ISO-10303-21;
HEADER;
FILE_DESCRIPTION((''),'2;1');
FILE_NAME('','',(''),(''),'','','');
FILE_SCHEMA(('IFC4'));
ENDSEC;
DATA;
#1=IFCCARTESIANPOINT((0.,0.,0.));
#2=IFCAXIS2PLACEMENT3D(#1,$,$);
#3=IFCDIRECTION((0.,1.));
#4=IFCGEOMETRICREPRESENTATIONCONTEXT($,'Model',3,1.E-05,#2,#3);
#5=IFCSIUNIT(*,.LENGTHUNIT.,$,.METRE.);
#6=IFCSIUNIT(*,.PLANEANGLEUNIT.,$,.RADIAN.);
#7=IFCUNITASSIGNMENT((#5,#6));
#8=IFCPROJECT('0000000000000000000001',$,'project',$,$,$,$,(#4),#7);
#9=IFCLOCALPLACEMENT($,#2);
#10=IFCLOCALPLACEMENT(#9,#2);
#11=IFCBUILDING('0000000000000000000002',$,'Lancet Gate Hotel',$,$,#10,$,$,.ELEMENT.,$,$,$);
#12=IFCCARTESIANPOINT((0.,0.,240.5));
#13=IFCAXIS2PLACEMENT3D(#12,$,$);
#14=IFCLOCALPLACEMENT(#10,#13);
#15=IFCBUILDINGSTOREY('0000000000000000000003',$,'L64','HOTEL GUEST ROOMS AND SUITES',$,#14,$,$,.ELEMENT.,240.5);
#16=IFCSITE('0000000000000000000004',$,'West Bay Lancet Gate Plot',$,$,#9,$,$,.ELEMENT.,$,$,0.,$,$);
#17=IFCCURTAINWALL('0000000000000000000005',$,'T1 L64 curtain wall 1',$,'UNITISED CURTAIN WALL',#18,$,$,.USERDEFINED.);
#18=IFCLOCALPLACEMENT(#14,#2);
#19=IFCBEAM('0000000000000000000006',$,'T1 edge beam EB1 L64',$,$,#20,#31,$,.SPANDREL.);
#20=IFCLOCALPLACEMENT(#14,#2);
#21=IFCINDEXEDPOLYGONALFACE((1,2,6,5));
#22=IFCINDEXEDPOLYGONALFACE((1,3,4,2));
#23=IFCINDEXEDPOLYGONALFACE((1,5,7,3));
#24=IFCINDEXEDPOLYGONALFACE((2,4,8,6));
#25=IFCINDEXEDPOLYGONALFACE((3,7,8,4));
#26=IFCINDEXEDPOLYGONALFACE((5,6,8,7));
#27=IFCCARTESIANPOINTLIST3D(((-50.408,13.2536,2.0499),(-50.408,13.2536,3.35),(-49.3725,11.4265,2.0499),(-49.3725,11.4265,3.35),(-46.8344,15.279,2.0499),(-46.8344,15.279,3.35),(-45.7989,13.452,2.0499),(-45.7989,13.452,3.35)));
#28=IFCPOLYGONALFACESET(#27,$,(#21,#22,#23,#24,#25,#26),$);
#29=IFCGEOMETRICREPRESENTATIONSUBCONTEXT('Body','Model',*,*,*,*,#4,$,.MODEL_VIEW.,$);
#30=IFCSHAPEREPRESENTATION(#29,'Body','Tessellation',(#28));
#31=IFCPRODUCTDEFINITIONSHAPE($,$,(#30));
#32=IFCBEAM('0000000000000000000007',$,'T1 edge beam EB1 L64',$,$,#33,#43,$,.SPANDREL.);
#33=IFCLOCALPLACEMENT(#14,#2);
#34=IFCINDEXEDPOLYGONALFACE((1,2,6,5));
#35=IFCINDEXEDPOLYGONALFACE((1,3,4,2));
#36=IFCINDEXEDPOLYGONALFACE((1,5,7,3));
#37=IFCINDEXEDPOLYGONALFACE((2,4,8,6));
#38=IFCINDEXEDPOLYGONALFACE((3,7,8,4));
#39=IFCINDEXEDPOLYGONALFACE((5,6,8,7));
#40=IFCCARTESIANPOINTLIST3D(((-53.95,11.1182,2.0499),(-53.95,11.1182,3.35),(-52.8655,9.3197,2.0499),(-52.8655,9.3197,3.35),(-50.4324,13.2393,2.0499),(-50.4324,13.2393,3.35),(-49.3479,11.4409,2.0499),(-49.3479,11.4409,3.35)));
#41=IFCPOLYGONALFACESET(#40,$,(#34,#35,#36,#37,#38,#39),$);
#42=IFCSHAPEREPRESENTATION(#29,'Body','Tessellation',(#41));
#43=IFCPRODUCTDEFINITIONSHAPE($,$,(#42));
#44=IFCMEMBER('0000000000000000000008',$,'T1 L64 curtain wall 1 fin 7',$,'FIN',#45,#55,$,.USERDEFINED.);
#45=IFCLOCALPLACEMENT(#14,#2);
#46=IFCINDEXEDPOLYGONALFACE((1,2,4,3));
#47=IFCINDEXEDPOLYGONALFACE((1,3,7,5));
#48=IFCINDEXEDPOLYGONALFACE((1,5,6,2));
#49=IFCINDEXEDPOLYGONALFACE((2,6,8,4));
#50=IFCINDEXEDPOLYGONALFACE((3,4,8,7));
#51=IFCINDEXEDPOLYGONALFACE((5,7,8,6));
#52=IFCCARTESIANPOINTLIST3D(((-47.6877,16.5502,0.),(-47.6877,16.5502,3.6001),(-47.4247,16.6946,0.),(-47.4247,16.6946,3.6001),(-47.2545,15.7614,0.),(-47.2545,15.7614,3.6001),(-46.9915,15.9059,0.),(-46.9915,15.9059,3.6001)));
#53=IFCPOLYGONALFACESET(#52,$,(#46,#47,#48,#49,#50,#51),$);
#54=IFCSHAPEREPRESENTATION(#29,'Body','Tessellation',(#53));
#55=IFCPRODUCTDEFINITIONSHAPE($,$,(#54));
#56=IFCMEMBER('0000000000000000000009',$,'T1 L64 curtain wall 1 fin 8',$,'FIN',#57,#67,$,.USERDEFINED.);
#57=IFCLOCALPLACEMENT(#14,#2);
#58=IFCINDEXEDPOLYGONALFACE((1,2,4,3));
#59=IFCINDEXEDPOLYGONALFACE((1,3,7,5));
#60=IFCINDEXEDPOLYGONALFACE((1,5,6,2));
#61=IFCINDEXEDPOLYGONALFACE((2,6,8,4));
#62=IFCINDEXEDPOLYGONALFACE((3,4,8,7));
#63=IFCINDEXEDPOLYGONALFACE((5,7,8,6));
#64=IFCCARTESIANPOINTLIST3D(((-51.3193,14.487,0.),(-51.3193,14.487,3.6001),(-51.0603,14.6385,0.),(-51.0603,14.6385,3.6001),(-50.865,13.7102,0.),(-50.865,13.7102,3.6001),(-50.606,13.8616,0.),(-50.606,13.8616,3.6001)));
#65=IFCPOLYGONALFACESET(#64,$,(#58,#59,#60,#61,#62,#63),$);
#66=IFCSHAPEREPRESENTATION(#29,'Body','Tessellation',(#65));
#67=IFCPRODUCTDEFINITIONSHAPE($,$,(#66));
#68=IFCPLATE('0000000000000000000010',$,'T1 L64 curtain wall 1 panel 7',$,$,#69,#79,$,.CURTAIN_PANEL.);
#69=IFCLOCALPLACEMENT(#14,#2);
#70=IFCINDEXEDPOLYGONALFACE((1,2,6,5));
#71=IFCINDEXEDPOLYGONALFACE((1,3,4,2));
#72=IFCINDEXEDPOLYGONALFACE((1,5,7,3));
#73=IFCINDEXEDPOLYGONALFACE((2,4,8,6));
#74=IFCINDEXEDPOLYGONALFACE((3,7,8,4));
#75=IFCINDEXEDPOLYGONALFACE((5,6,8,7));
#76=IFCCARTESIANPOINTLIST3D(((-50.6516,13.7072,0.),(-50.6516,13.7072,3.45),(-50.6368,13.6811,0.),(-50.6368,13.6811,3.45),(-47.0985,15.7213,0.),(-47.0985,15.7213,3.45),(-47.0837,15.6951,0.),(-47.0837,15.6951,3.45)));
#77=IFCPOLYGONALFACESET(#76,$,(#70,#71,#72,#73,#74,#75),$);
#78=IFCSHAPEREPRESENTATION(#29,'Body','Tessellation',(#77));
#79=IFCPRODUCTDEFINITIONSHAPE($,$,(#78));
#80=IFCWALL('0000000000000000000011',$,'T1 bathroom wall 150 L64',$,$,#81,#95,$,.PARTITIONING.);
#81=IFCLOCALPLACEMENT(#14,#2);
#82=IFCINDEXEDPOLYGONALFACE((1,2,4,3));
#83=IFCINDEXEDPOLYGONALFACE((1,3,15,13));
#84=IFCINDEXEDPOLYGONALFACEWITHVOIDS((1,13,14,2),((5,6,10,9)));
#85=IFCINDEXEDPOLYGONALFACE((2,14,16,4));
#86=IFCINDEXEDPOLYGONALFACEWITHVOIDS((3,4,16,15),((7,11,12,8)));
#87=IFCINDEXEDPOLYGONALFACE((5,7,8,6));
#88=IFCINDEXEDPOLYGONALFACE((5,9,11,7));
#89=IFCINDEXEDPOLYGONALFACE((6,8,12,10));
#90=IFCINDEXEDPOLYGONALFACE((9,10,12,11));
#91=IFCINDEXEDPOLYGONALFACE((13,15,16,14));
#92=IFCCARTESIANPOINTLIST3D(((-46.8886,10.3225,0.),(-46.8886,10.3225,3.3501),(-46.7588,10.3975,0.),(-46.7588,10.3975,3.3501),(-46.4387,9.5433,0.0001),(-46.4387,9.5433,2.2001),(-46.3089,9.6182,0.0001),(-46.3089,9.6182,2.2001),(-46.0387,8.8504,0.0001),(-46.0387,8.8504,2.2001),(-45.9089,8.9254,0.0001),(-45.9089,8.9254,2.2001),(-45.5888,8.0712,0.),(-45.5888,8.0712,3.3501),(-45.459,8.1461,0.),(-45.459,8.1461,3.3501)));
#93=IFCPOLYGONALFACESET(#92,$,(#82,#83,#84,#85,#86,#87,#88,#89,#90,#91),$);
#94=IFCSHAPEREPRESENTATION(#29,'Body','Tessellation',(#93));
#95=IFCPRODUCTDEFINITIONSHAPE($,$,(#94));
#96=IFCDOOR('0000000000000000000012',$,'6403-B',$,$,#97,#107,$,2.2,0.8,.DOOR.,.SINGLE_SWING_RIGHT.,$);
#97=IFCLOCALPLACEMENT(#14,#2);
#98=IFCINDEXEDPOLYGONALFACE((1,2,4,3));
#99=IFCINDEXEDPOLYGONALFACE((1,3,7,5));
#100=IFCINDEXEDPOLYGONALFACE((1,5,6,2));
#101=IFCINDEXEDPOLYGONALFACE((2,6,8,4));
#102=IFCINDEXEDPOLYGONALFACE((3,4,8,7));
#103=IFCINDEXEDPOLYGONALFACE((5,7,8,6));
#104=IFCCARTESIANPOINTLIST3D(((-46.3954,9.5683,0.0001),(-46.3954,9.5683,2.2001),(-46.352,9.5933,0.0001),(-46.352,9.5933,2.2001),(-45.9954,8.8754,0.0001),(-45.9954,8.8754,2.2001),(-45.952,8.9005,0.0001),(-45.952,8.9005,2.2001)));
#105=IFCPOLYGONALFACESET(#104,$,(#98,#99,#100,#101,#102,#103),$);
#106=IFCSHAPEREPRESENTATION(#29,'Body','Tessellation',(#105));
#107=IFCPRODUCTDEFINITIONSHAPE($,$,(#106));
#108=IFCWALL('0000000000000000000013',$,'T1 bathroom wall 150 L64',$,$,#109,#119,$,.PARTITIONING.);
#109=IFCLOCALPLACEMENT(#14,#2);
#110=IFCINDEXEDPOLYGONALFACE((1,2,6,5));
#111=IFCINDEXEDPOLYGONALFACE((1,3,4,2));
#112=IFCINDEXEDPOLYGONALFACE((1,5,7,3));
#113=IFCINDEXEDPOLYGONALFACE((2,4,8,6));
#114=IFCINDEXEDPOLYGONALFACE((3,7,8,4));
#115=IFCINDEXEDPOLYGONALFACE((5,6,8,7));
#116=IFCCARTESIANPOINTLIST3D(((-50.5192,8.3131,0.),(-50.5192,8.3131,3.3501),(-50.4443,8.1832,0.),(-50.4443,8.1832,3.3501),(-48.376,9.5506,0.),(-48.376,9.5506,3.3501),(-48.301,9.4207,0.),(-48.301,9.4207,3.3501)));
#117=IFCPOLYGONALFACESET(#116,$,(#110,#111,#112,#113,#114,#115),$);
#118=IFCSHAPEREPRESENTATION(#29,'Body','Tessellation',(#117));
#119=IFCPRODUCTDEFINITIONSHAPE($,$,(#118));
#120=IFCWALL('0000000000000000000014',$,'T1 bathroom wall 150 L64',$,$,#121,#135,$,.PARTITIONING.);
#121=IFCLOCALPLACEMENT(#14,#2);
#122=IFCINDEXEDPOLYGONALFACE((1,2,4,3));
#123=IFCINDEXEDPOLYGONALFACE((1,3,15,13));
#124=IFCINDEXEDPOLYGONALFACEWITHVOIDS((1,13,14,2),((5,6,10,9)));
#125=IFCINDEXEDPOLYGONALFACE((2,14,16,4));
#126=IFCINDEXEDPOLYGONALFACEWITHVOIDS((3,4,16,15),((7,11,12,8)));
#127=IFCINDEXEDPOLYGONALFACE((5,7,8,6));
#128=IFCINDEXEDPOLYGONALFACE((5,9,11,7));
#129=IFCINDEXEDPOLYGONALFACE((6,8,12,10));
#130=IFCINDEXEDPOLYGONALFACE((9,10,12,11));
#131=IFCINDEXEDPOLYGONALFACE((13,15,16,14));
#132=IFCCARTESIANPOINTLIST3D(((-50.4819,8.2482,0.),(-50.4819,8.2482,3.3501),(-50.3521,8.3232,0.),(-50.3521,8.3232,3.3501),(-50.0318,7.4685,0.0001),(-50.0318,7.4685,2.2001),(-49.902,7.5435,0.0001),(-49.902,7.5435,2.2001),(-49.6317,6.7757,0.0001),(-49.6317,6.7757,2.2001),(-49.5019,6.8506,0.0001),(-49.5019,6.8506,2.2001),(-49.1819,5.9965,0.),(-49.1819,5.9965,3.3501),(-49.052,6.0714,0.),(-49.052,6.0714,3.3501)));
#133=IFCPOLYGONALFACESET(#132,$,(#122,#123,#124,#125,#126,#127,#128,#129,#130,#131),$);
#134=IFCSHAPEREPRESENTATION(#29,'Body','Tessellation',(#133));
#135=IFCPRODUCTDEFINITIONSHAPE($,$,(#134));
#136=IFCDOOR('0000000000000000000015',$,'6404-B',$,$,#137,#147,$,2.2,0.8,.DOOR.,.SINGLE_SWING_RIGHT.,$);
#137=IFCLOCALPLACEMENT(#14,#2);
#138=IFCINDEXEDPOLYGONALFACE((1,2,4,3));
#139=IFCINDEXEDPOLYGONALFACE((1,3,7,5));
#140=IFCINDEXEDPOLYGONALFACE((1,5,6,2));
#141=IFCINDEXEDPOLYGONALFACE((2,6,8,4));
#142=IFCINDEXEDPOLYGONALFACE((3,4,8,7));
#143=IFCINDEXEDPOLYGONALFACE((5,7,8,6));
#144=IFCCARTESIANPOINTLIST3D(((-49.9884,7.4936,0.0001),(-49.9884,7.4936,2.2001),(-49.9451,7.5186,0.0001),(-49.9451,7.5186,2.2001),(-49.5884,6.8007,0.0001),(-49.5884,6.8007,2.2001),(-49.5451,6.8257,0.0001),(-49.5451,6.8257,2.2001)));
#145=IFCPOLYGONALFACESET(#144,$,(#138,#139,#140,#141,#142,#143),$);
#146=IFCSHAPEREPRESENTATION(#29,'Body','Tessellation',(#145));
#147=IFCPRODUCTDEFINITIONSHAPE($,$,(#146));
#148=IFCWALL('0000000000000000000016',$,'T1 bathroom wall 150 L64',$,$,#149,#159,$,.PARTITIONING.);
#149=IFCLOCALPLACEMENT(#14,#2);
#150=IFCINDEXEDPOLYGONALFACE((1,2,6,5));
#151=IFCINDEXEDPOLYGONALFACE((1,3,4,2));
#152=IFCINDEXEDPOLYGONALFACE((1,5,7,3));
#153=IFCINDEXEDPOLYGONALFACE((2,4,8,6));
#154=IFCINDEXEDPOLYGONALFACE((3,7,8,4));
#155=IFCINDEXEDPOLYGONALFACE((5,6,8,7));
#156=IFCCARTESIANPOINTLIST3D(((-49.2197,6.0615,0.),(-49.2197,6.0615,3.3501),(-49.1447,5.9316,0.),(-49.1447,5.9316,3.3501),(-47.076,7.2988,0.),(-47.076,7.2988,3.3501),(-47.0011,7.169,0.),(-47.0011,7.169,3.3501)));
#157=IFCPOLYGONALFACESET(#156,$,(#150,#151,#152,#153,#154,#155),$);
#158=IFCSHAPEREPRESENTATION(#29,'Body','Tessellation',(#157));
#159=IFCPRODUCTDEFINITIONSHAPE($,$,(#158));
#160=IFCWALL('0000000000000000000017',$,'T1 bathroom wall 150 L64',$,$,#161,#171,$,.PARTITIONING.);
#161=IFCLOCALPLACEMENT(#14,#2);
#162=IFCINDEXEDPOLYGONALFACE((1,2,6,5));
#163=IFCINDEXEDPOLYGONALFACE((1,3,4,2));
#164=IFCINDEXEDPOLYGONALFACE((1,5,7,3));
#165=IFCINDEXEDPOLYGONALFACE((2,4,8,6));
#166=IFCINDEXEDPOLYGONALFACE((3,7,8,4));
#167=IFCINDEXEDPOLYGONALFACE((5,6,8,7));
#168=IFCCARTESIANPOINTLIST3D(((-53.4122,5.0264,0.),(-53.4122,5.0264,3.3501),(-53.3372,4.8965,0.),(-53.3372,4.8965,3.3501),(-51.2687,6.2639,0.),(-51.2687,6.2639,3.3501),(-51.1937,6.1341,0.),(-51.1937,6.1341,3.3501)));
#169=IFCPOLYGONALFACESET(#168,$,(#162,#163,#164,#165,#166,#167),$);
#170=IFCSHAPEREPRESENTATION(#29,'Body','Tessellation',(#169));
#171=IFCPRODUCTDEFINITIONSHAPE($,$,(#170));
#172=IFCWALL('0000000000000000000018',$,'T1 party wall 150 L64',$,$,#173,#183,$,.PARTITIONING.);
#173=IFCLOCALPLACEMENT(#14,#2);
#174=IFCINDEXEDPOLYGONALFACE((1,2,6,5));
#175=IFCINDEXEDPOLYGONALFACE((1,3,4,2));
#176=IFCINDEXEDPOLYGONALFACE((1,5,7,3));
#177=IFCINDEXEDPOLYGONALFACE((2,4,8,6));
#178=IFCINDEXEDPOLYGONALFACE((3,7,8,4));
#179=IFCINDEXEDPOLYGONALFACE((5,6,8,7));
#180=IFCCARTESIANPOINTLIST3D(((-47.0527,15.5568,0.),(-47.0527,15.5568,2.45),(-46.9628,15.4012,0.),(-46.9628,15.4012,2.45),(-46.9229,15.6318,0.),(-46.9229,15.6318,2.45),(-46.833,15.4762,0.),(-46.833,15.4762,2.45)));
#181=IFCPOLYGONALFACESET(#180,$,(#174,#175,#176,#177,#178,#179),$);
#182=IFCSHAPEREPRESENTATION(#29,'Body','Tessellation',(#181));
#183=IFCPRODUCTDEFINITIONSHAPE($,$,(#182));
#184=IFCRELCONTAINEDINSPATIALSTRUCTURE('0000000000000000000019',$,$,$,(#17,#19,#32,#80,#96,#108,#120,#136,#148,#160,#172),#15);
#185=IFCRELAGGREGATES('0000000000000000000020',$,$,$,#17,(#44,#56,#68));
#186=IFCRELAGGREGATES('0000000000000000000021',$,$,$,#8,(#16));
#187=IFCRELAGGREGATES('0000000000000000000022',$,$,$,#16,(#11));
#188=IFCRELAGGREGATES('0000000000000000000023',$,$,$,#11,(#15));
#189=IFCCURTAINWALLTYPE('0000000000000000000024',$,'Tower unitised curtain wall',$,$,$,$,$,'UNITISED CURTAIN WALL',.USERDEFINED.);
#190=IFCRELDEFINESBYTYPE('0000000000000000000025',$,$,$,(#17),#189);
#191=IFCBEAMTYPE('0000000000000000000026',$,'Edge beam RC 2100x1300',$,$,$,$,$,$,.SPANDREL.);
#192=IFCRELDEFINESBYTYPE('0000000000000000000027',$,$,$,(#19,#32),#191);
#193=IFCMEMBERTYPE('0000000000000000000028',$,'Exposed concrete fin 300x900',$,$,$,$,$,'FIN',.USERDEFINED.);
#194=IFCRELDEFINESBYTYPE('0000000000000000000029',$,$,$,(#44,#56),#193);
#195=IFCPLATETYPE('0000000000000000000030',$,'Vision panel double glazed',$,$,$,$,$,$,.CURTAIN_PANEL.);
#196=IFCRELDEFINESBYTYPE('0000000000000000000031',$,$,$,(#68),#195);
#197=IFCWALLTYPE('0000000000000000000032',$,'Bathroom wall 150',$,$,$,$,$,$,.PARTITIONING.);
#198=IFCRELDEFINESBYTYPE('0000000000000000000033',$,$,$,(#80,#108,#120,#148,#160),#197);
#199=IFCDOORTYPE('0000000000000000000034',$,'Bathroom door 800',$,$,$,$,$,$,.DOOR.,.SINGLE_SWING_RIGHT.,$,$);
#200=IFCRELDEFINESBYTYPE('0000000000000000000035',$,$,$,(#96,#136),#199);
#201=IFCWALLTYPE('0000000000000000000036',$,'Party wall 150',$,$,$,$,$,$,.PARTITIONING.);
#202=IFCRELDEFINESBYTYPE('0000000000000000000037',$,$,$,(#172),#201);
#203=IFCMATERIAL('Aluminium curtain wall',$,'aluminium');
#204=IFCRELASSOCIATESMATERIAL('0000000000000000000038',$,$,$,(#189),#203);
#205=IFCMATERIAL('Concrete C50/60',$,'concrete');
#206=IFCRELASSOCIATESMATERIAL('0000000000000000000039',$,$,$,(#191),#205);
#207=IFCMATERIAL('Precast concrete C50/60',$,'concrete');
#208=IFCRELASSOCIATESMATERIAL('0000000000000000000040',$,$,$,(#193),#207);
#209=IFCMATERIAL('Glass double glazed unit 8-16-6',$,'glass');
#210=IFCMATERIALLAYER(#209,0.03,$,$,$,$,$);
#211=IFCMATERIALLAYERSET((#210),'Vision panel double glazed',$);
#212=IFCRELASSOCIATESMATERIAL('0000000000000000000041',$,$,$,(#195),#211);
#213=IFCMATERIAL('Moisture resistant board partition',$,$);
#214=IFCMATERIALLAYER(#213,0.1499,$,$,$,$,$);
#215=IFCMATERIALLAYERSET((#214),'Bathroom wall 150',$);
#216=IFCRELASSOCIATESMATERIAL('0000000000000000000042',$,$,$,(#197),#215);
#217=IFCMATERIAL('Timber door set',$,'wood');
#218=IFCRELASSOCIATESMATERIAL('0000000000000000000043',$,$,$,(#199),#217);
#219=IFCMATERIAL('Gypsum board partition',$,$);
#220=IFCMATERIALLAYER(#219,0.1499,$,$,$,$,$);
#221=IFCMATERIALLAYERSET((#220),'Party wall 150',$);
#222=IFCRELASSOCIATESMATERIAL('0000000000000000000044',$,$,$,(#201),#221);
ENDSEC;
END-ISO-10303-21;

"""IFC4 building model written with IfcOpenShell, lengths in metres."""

from ifc_helpers import new_model, si_unit, direction, frame, frame_2d, origin, origin_2d, place, context, subcontext, project, spatial, rectangle, extrude, material, layer, layer_set, material_profile, profile_set, type_object, element, fill, aggregate, save


model = new_model("IFC4")

# Units and contexts
model_context = context("Model", 3, precision=1e-05, world=origin(), true_north=direction((0.0, 1.0)))
body_context = subcontext(model_context, "Body", "Model", "MODEL_VIEW")
ifc_project = project(units=[si_unit("LENGTHUNIT", "METRE"), si_unit("PLANEANGLEUNIT", "RADIAN")], contexts=[model_context])

# Site, building, storey
site_placement = place(None, origin())
site = spatial("IfcSite", under=ifc_project, at=site_placement, Name="West Bay Lancet Gate Plot", CompositionType="ELEMENT", RefElevation=0.0)
building_placement = place(site_placement, origin())
building = spatial("IfcBuilding", under=site, at=building_placement, Name="Lancet Gate Hotel", CompositionType="ELEMENT")
storey_placement = place(building_placement, frame((0.0, 0.0, 240.5)))
storey = spatial("IfcBuildingStorey", under=building, at=storey_placement, Name="L64", Description="HOTEL GUEST ROOMS AND SUITES", CompositionType="ELEMENT", Elevation=240.5)

# Curtain wall
ifc_material_1 = material(Name="Aluminium curtain wall", Category="aluminium")
curtain_wall_type = type_object("IfcCurtainWallType", Name="Tower unitised curtain wall", ElementType="UNITISED CURTAIN WALL", PredefinedType="USERDEFINED", material=ifc_material_1)
curtain_wall_placement = place(storey_placement, origin())
curtain_wall = element("IfcCurtainWall", 1, at=curtain_wall_placement, inside=storey, type_object=curtain_wall_type, Name="T1 L64 curtain wall 1", ObjectType="UNITISED CURTAIN WALL", PredefinedType="USERDEFINED")

# Beams
ifc_material_2 = material(Name="Concrete C50/60", Category="concrete")
ifc_material_profile_1 = material_profile(ifc_material_2, rectangle(XDim=2.1001, YDim=1.3, at=origin_2d()), Name="RC 2100x1300")
ifc_profile_set_1 = profile_set([ifc_material_profile_1], Name="Concrete C50/60")
beam_type = type_object("IfcBeamType", Name="Edge beam RC 2100x1300", PredefinedType="SPANDREL", material=ifc_profile_set_1)
for number, where, z_axis, x_axis, name in (
    (2, (-46.3167, 14.3655, 2.7), (-0.869979, -0.493089, 0.0), (0.493089, -0.869979, 0.0), "T1 edge beam EB1 L64"),
    (3, (-49.8901, 12.3401, 2.7), (-0.856358, -0.516382, 0.0), (0.516382, -0.856358, 0.0), "T1 edge beam EB1 L64"),
):
    element("IfcBeam", number, at=place(storey_placement, frame(where, z_axis=z_axis, x_axis=x_axis)), inside=storey, type_object=beam_type, Name=name, PredefinedType="SPANDREL", context=body_context, shape_type="SweptSolid", body=[
        extrude(rectangle(XDim=2.1001, YDim=1.3, at=origin_2d()), origin(), (0.0, 0.0, 1.0), 4.1077),
    ])

# Members
ifc_material_3 = material(Name="Precast concrete C50/60", Category="concrete")
ifc_material_profile_2 = material_profile(ifc_material_3, rectangle(XDim=0.3, YDim=0.8999, at=origin_2d()), Name="FIN 300x900")
ifc_profile_set_2 = profile_set([ifc_material_profile_2], Name="Precast concrete C50/60")
member_type_1 = type_object("IfcMemberType", Name="Exposed concrete fin 300x900", ElementType="FIN", PredefinedType="USERDEFINED", material=ifc_profile_set_2)
member_1_placement = place(storey_placement, frame((-47.3396, 16.228, 0.0), z_axis=(0.0, 0.0, 1.0), x_axis=(-0.876516, -0.481372, 0.0)))
member_1 = element("IfcMember", 4, at=member_1_placement, type_object=member_type_1, Name="T1 L64 curtain wall 1 fin 7", ObjectType="FIN", PredefinedType="USERDEFINED", context=body_context, shape_type="SweptSolid", body=[
    extrude(rectangle(XDim=0.3, YDim=0.8999, at=origin_2d()), origin(), (0.0, 0.0, 1.0), 3.6001),
])
member_2_placement = place(storey_placement, frame((-50.9626, 14.1743, 0.0), z_axis=(0.0, 0.0, 1.0), x_axis=(-0.863242, -0.50479, 0.0)))
member_2 = element("IfcMember", 5, at=member_2_placement, type_object=member_type_1, Name="T1 L64 curtain wall 1 fin 8", ObjectType="FIN", PredefinedType="USERDEFINED", context=body_context, shape_type="SweptSolid", body=[
    extrude(rectangle(XDim=0.3, YDim=0.8999, at=origin_2d()), origin(), (0.0, 0.0, 1.0), 3.6001),
])

# Plate
ifc_material_4 = material(Name="Glass double glazed unit 8-16-6", Category="glass")
ifc_layer_1 = layer(ifc_material_4, 0.03)
ifc_layer_set_1 = layer_set([ifc_layer_1], Name="Vision panel double glazed")
plate_type = type_object("IfcPlateType", Name="Vision panel double glazed", PredefinedType="CURTAIN_PANEL", material=ifc_layer_set_1)
plate_placement = place(storey_placement, frame((-48.8677, 14.7012, 0.0), z_axis=(0.0, 0.0, 1.0), x_axis=(-0.869958, -0.493126, 0.0)))
plate = element("IfcPlate", 6, at=plate_placement, type_object=plate_type, Name="T1 L64 curtain wall 1 panel 7", PredefinedType="CURTAIN_PANEL", context=body_context, shape_type="SweptSolid", body=[
    extrude(rectangle(XDim=4.0842, YDim=0.03, at=origin_2d()), origin(), (0.0, 0.0, 1.0), 3.45),
])
aggregate(curtain_wall, [member_1, member_2, plate])

# Wall, opening, door
ifc_material_5 = material(Name="Moisture resistant board partition")
ifc_layer_2 = layer(ifc_material_5, 0.1499)
ifc_layer_set_2 = layer_set([ifc_layer_2], Name="Bathroom wall 150")
wall_type_1 = type_object("IfcWallType", Name="Bathroom wall 150", PredefinedType="PARTITIONING", material=ifc_layer_set_2)
wall_1_placement = place(storey_placement, frame((-45.5239, 8.1086, 0.0), z_axis=(0.0, 0.0, 1.0), x_axis=(-0.499977, 0.866039, 0.0)))
wall_1 = element("IfcWall", 7, at=wall_1_placement, inside=storey, type_object=wall_type_1, Name="T1 bathroom wall 150 L64", PredefinedType="PARTITIONING", context=body_context, shape_type="SweptSolid", body=[
    extrude(rectangle(XDim=2.5996, YDim=0.1499, at=frame_2d((1.2998, 0.0))), origin(), (0.0, 0.0, 1.0), 3.3501),
])
opening_1_placement = place(wall_1_placement, frame((0.8999, 0.0, 0.0)))
opening_1 = element("IfcOpeningElement", 8, at=opening_1_placement, cuts=wall_1, PredefinedType="OPENING", context=body_context, shape_type="SweptSolid", body=[
    extrude(rectangle(XDim=0.8, YDim=2.2, at=frame_2d((0.3999, 1.1001))), frame((0.0, 0.085, 0.0), z_axis=(0.0, -1.0, 0.0), x_axis=(1.0, 0.0, 0.0)), (0.0, 0.0, 1.0), 0.1699),
])
ifc_material_6 = material(Name="Timber door set", Category="wood")
door_type = type_object("IfcDoorType", Name="Bathroom door 800", OperationType="SINGLE_SWING_RIGHT", PredefinedType="DOOR", material=ifc_material_6)
door_1_placement = place(opening_1_placement, origin())
door_1 = element("IfcDoor", 9, at=door_1_placement, inside=storey, type_object=door_type, Name="6403-B", OperationType="SINGLE_SWING_RIGHT", OverallHeight=2.2, OverallWidth=0.8, PredefinedType="DOOR", context=body_context, shape_type="SweptSolid", body=[
    extrude(rectangle(XDim=0.8, YDim=2.2, at=frame_2d((0.3999, 1.1001))), frame((0.0, 0.0249, 0.0), z_axis=(0.0, -1.0, 0.0), x_axis=(1.0, 0.0, 0.0)), (0.0, 0.0, 1.0), 0.05),
])
fill(opening_1, door_1)

# Wall
wall_2_placement = place(storey_placement, frame((-48.3386, 9.4856, 0.0), z_axis=(0.0, 0.0, 1.0), x_axis=(-0.866007, -0.500033, 0.0)))
element("IfcWall", 10, at=wall_2_placement, inside=storey, type_object=wall_type_1, Name="T1 bathroom wall 150 L64", PredefinedType="PARTITIONING", context=body_context, shape_type="SweptSolid", body=[
    extrude(rectangle(XDim=2.4749, YDim=0.1499, at=frame_2d((1.2373, 0.0))), origin(), (0.0, 0.0, 1.0), 3.3501),
])

# Wall, opening, door
wall_3_placement = place(storey_placement, frame((-49.1169, 6.0339, 0.0), z_axis=(0.0, 0.0, 1.0), x_axis=(-0.500007, 0.866021, 0.0)))
wall_3 = element("IfcWall", 11, at=wall_3_placement, inside=storey, type_object=wall_type_1, Name="T1 bathroom wall 150 L64", PredefinedType="PARTITIONING", context=body_context, shape_type="SweptSolid", body=[
    extrude(rectangle(XDim=2.6001, YDim=0.1499, at=frame_2d((1.3, 0.0))), origin(), (0.0, 0.0, 1.0), 3.3501),
])
opening_2_placement = place(wall_3_placement, frame((0.8999, 0.0, 0.0)))
opening_2 = element("IfcOpeningElement", 12, at=opening_2_placement, cuts=wall_3, PredefinedType="OPENING", context=body_context, shape_type="SweptSolid", body=[
    extrude(rectangle(XDim=0.8, YDim=2.2, at=frame_2d((0.3999, 1.1001))), frame((0.0, 0.085, 0.0), z_axis=(0.0, -1.0, 0.0), x_axis=(1.0, 0.0, 0.0)), (0.0, 0.0, 1.0), 0.1699),
])
door_2_placement = place(opening_2_placement, origin())
door_2 = element("IfcDoor", 13, at=door_2_placement, inside=storey, type_object=door_type, Name="6404-B", OperationType="SINGLE_SWING_RIGHT", OverallHeight=2.2, OverallWidth=0.8, PredefinedType="DOOR", context=body_context, shape_type="SweptSolid", body=[
    extrude(rectangle(XDim=0.8, YDim=2.2, at=frame_2d((0.3999, 1.1001))), frame((0.0, 0.0249, 0.0), z_axis=(0.0, -1.0, 0.0), x_axis=(1.0, 0.0, 0.0)), (0.0, 0.0, 1.0), 0.05),
])
fill(opening_2, door_2)

# Walls
for number, where, z_axis, x_axis, name in (
    (14, (-47.0386, 7.2339, 0.0), (0.0, 0.0, 1.0), (-0.866074, -0.499916, 0.0), "T1 bathroom wall 150 L64"),
    (15, (-51.2312, 6.199, 0.0), (0.0, 0.0, 1.0), (-0.866031, -0.49999, 0.0), "T1 bathroom wall 150 L64"),
):
    element("IfcWall", number, at=place(storey_placement, frame(where, z_axis=z_axis, x_axis=x_axis)), inside=storey, type_object=wall_type_1, Name=name, PredefinedType="PARTITIONING", context=body_context, shape_type="SweptSolid", body=[
        extrude(rectangle(XDim=2.4751, YDim=0.1499, at=frame_2d((1.2375, 0.0))), origin(), (0.0, 0.0, 1.0), 3.3501),
    ])
ifc_material_7 = material(Name="Gypsum board partition")
ifc_layer_3 = layer(ifc_material_7, 0.1499)
ifc_layer_set_3 = layer_set([ifc_layer_3], Name="Party wall 150")
wall_type_2 = type_object("IfcWallType", Name="Party wall 150", PredefinedType="PARTITIONING", material=ifc_layer_set_3)
wall_4_placement = place(storey_placement, frame((-46.8979, 15.4387, 0.0), z_axis=(0.0, 0.0, 1.0), x_axis=(-0.500232, 0.865891, 0.0)))
element("IfcWall", 16, at=wall_4_placement, inside=storey, type_object=wall_type_2, Name="T1 party wall 150 L64", PredefinedType="PARTITIONING", context=body_context, shape_type="SweptSolid", body=[
    extrude(rectangle(XDim=0.1797, YDim=0.1499, at=frame_2d((0.0898, 0.0))), origin(), (0.0, 0.0, 1.0), 2.45),
])

save(model, "model.ifc")
